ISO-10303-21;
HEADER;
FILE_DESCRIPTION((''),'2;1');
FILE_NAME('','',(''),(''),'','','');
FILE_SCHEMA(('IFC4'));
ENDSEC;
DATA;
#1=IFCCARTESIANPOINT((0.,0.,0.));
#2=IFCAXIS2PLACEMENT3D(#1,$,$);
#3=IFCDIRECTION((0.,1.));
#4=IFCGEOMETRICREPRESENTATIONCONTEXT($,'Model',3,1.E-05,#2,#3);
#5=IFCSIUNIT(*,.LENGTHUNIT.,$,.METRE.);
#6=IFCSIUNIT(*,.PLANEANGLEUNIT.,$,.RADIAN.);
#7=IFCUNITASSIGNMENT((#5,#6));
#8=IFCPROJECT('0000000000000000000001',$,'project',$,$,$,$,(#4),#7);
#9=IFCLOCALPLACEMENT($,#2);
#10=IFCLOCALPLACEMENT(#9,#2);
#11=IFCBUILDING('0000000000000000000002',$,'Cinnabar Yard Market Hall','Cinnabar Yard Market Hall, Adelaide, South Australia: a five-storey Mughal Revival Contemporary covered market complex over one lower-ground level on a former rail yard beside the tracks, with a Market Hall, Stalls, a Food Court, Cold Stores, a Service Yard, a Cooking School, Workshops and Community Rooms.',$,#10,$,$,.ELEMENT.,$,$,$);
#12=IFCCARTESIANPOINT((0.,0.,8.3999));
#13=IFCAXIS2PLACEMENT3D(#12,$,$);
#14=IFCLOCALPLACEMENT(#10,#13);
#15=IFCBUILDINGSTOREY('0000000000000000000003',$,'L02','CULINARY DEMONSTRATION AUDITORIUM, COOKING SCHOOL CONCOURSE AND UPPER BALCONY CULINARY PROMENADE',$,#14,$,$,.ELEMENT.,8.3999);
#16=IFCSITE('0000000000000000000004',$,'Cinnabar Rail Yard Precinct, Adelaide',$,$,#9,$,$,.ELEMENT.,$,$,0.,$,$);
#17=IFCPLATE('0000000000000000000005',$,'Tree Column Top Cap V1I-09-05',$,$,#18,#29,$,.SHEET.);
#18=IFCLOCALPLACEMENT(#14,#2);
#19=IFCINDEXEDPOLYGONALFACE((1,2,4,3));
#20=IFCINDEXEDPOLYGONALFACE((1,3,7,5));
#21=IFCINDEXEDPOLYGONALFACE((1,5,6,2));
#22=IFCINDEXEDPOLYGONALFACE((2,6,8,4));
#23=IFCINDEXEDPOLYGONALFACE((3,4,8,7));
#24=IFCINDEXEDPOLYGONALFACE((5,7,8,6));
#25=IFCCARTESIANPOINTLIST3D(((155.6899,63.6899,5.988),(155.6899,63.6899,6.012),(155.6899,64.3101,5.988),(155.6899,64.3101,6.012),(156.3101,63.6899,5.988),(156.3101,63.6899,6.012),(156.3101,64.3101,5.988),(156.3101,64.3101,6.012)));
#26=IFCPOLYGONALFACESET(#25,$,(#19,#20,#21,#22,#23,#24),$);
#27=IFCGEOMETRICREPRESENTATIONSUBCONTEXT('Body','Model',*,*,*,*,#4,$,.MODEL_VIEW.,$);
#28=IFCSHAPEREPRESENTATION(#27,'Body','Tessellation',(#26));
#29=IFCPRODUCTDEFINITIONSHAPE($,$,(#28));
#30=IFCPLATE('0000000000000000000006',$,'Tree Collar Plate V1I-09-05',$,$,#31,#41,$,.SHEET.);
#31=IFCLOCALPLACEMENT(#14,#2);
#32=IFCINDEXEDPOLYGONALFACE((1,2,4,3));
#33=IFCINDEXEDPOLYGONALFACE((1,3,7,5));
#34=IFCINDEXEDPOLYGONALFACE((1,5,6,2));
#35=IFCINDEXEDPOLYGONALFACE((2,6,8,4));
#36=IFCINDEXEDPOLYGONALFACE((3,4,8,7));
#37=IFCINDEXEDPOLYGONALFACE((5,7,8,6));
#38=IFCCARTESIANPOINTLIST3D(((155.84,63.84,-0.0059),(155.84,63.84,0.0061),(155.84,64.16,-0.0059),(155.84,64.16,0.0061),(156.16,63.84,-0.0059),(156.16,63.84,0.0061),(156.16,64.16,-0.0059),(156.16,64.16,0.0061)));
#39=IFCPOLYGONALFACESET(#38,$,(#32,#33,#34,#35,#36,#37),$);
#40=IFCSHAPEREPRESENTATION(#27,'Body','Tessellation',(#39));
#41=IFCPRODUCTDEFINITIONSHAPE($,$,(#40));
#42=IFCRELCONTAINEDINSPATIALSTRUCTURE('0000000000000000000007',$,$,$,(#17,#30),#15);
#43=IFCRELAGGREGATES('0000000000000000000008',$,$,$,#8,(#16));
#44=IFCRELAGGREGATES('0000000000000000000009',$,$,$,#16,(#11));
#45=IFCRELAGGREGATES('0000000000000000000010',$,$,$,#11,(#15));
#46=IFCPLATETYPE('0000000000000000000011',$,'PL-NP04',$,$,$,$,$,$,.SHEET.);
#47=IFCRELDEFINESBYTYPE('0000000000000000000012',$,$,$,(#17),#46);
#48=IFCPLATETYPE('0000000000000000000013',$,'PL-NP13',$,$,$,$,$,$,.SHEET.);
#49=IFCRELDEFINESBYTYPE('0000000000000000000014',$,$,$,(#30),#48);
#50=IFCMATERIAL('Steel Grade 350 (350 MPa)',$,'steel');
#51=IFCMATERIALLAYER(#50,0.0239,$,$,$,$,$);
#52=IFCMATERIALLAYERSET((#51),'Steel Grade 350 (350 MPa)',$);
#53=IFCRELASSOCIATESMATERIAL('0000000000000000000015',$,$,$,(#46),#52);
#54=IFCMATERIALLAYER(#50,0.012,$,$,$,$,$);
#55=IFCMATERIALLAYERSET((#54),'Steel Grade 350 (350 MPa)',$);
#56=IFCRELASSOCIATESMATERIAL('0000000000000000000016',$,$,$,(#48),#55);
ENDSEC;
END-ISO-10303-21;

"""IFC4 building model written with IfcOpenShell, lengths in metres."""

from ifc_helpers import new_model, si_unit, direction, frame, origin, origin_2d_with_axis, place, context, subcontext, project, spatial, rectangle, extrude, material, layer, layer_set, type_object, element, save


model = new_model("IFC4")

# Units and contexts
model_context = context("Model", 3, precision=1e-05, world=origin(), true_north=direction((0.0, 1.0)))
body_context = subcontext(model_context, "Body", "Model", "MODEL_VIEW")
ifc_project = project(units=[si_unit("LENGTHUNIT", "METRE"), si_unit("PLANEANGLEUNIT", "RADIAN")], contexts=[model_context])

# Site, building, storey
site_placement = place(None, origin())
site = spatial("IfcSite", under=ifc_project, at=site_placement, Name="Cinnabar Rail Yard Precinct, Adelaide", CompositionType="ELEMENT", RefElevation=0.0)
building_placement = place(site_placement, origin())
building = spatial("IfcBuilding", under=site, at=building_placement, Name="Cinnabar Yard Market Hall", Description="Cinnabar Yard Market Hall, Adelaide, South Australia: a five-storey Mughal Revival Contemporary covered market complex over one lower-ground level on a former rail yard beside the tracks, with a Market Hall, Stalls, a Food Court, Cold Stores, a Service Yard, a Cooking School, Workshops and Community Rooms.", CompositionType="ELEMENT")
storey_placement = place(building_placement, frame((0.0, 0.0, 8.3999)))
storey = spatial("IfcBuildingStorey", under=building, at=storey_placement, Name="L02", Description="CULINARY DEMONSTRATION AUDITORIUM, COOKING SCHOOL CONCOURSE AND UPPER BALCONY CULINARY PROMENADE", CompositionType="ELEMENT", Elevation=8.3999)

# Plates
ifc_material_1 = material(Name="Steel Grade 350 (350 MPa)", Category="steel")
ifc_layer_1 = layer(ifc_material_1, 0.0239)
ifc_layer_set_1 = layer_set([ifc_layer_1], Name="Steel Grade 350 (350 MPa)")
plate_type_1 = type_object("IfcPlateType", Name="PL-NP04", PredefinedType="SHEET", material=ifc_layer_set_1)
plate_1_placement = place(storey_placement, frame((156.0, 64.0, 5.988), z_axis=(0.0, 0.0, 1.0), x_axis=(1.0, 0.0, 0.0)))
element("IfcPlate", 1, at=plate_1_placement, inside=storey, type_object=plate_type_1, Name="Tree Column Top Cap V1I-09-05", PredefinedType="SHEET", context=body_context, shape_type="SweptSolid", body=[
    extrude(rectangle(XDim=0.6201, YDim=0.6201, at=origin_2d_with_axis()), origin(), (0.0, 0.0, 1.0), 0.0239),
])
ifc_layer_2 = layer(ifc_material_1, 0.012)
ifc_layer_set_2 = layer_set([ifc_layer_2], Name="Steel Grade 350 (350 MPa)")
plate_type_2 = type_object("IfcPlateType", Name="PL-NP13", PredefinedType="SHEET", material=ifc_layer_set_2)
plate_2_placement = place(storey_placement, frame((156.0, 64.0, -0.0059), z_axis=(0.0, 0.0, 1.0), x_axis=(1.0, 0.0, 0.0)))
element("IfcPlate", 2, at=plate_2_placement, inside=storey, type_object=plate_type_2, Name="Tree Collar Plate V1I-09-05", PredefinedType="SHEET", context=body_context, shape_type="SweptSolid", body=[
    extrude(rectangle(XDim=0.3201, YDim=0.3201, at=origin_2d_with_axis()), origin(), (0.0, 0.0, 1.0), 0.012),
])

save(model, "model.ifc")
